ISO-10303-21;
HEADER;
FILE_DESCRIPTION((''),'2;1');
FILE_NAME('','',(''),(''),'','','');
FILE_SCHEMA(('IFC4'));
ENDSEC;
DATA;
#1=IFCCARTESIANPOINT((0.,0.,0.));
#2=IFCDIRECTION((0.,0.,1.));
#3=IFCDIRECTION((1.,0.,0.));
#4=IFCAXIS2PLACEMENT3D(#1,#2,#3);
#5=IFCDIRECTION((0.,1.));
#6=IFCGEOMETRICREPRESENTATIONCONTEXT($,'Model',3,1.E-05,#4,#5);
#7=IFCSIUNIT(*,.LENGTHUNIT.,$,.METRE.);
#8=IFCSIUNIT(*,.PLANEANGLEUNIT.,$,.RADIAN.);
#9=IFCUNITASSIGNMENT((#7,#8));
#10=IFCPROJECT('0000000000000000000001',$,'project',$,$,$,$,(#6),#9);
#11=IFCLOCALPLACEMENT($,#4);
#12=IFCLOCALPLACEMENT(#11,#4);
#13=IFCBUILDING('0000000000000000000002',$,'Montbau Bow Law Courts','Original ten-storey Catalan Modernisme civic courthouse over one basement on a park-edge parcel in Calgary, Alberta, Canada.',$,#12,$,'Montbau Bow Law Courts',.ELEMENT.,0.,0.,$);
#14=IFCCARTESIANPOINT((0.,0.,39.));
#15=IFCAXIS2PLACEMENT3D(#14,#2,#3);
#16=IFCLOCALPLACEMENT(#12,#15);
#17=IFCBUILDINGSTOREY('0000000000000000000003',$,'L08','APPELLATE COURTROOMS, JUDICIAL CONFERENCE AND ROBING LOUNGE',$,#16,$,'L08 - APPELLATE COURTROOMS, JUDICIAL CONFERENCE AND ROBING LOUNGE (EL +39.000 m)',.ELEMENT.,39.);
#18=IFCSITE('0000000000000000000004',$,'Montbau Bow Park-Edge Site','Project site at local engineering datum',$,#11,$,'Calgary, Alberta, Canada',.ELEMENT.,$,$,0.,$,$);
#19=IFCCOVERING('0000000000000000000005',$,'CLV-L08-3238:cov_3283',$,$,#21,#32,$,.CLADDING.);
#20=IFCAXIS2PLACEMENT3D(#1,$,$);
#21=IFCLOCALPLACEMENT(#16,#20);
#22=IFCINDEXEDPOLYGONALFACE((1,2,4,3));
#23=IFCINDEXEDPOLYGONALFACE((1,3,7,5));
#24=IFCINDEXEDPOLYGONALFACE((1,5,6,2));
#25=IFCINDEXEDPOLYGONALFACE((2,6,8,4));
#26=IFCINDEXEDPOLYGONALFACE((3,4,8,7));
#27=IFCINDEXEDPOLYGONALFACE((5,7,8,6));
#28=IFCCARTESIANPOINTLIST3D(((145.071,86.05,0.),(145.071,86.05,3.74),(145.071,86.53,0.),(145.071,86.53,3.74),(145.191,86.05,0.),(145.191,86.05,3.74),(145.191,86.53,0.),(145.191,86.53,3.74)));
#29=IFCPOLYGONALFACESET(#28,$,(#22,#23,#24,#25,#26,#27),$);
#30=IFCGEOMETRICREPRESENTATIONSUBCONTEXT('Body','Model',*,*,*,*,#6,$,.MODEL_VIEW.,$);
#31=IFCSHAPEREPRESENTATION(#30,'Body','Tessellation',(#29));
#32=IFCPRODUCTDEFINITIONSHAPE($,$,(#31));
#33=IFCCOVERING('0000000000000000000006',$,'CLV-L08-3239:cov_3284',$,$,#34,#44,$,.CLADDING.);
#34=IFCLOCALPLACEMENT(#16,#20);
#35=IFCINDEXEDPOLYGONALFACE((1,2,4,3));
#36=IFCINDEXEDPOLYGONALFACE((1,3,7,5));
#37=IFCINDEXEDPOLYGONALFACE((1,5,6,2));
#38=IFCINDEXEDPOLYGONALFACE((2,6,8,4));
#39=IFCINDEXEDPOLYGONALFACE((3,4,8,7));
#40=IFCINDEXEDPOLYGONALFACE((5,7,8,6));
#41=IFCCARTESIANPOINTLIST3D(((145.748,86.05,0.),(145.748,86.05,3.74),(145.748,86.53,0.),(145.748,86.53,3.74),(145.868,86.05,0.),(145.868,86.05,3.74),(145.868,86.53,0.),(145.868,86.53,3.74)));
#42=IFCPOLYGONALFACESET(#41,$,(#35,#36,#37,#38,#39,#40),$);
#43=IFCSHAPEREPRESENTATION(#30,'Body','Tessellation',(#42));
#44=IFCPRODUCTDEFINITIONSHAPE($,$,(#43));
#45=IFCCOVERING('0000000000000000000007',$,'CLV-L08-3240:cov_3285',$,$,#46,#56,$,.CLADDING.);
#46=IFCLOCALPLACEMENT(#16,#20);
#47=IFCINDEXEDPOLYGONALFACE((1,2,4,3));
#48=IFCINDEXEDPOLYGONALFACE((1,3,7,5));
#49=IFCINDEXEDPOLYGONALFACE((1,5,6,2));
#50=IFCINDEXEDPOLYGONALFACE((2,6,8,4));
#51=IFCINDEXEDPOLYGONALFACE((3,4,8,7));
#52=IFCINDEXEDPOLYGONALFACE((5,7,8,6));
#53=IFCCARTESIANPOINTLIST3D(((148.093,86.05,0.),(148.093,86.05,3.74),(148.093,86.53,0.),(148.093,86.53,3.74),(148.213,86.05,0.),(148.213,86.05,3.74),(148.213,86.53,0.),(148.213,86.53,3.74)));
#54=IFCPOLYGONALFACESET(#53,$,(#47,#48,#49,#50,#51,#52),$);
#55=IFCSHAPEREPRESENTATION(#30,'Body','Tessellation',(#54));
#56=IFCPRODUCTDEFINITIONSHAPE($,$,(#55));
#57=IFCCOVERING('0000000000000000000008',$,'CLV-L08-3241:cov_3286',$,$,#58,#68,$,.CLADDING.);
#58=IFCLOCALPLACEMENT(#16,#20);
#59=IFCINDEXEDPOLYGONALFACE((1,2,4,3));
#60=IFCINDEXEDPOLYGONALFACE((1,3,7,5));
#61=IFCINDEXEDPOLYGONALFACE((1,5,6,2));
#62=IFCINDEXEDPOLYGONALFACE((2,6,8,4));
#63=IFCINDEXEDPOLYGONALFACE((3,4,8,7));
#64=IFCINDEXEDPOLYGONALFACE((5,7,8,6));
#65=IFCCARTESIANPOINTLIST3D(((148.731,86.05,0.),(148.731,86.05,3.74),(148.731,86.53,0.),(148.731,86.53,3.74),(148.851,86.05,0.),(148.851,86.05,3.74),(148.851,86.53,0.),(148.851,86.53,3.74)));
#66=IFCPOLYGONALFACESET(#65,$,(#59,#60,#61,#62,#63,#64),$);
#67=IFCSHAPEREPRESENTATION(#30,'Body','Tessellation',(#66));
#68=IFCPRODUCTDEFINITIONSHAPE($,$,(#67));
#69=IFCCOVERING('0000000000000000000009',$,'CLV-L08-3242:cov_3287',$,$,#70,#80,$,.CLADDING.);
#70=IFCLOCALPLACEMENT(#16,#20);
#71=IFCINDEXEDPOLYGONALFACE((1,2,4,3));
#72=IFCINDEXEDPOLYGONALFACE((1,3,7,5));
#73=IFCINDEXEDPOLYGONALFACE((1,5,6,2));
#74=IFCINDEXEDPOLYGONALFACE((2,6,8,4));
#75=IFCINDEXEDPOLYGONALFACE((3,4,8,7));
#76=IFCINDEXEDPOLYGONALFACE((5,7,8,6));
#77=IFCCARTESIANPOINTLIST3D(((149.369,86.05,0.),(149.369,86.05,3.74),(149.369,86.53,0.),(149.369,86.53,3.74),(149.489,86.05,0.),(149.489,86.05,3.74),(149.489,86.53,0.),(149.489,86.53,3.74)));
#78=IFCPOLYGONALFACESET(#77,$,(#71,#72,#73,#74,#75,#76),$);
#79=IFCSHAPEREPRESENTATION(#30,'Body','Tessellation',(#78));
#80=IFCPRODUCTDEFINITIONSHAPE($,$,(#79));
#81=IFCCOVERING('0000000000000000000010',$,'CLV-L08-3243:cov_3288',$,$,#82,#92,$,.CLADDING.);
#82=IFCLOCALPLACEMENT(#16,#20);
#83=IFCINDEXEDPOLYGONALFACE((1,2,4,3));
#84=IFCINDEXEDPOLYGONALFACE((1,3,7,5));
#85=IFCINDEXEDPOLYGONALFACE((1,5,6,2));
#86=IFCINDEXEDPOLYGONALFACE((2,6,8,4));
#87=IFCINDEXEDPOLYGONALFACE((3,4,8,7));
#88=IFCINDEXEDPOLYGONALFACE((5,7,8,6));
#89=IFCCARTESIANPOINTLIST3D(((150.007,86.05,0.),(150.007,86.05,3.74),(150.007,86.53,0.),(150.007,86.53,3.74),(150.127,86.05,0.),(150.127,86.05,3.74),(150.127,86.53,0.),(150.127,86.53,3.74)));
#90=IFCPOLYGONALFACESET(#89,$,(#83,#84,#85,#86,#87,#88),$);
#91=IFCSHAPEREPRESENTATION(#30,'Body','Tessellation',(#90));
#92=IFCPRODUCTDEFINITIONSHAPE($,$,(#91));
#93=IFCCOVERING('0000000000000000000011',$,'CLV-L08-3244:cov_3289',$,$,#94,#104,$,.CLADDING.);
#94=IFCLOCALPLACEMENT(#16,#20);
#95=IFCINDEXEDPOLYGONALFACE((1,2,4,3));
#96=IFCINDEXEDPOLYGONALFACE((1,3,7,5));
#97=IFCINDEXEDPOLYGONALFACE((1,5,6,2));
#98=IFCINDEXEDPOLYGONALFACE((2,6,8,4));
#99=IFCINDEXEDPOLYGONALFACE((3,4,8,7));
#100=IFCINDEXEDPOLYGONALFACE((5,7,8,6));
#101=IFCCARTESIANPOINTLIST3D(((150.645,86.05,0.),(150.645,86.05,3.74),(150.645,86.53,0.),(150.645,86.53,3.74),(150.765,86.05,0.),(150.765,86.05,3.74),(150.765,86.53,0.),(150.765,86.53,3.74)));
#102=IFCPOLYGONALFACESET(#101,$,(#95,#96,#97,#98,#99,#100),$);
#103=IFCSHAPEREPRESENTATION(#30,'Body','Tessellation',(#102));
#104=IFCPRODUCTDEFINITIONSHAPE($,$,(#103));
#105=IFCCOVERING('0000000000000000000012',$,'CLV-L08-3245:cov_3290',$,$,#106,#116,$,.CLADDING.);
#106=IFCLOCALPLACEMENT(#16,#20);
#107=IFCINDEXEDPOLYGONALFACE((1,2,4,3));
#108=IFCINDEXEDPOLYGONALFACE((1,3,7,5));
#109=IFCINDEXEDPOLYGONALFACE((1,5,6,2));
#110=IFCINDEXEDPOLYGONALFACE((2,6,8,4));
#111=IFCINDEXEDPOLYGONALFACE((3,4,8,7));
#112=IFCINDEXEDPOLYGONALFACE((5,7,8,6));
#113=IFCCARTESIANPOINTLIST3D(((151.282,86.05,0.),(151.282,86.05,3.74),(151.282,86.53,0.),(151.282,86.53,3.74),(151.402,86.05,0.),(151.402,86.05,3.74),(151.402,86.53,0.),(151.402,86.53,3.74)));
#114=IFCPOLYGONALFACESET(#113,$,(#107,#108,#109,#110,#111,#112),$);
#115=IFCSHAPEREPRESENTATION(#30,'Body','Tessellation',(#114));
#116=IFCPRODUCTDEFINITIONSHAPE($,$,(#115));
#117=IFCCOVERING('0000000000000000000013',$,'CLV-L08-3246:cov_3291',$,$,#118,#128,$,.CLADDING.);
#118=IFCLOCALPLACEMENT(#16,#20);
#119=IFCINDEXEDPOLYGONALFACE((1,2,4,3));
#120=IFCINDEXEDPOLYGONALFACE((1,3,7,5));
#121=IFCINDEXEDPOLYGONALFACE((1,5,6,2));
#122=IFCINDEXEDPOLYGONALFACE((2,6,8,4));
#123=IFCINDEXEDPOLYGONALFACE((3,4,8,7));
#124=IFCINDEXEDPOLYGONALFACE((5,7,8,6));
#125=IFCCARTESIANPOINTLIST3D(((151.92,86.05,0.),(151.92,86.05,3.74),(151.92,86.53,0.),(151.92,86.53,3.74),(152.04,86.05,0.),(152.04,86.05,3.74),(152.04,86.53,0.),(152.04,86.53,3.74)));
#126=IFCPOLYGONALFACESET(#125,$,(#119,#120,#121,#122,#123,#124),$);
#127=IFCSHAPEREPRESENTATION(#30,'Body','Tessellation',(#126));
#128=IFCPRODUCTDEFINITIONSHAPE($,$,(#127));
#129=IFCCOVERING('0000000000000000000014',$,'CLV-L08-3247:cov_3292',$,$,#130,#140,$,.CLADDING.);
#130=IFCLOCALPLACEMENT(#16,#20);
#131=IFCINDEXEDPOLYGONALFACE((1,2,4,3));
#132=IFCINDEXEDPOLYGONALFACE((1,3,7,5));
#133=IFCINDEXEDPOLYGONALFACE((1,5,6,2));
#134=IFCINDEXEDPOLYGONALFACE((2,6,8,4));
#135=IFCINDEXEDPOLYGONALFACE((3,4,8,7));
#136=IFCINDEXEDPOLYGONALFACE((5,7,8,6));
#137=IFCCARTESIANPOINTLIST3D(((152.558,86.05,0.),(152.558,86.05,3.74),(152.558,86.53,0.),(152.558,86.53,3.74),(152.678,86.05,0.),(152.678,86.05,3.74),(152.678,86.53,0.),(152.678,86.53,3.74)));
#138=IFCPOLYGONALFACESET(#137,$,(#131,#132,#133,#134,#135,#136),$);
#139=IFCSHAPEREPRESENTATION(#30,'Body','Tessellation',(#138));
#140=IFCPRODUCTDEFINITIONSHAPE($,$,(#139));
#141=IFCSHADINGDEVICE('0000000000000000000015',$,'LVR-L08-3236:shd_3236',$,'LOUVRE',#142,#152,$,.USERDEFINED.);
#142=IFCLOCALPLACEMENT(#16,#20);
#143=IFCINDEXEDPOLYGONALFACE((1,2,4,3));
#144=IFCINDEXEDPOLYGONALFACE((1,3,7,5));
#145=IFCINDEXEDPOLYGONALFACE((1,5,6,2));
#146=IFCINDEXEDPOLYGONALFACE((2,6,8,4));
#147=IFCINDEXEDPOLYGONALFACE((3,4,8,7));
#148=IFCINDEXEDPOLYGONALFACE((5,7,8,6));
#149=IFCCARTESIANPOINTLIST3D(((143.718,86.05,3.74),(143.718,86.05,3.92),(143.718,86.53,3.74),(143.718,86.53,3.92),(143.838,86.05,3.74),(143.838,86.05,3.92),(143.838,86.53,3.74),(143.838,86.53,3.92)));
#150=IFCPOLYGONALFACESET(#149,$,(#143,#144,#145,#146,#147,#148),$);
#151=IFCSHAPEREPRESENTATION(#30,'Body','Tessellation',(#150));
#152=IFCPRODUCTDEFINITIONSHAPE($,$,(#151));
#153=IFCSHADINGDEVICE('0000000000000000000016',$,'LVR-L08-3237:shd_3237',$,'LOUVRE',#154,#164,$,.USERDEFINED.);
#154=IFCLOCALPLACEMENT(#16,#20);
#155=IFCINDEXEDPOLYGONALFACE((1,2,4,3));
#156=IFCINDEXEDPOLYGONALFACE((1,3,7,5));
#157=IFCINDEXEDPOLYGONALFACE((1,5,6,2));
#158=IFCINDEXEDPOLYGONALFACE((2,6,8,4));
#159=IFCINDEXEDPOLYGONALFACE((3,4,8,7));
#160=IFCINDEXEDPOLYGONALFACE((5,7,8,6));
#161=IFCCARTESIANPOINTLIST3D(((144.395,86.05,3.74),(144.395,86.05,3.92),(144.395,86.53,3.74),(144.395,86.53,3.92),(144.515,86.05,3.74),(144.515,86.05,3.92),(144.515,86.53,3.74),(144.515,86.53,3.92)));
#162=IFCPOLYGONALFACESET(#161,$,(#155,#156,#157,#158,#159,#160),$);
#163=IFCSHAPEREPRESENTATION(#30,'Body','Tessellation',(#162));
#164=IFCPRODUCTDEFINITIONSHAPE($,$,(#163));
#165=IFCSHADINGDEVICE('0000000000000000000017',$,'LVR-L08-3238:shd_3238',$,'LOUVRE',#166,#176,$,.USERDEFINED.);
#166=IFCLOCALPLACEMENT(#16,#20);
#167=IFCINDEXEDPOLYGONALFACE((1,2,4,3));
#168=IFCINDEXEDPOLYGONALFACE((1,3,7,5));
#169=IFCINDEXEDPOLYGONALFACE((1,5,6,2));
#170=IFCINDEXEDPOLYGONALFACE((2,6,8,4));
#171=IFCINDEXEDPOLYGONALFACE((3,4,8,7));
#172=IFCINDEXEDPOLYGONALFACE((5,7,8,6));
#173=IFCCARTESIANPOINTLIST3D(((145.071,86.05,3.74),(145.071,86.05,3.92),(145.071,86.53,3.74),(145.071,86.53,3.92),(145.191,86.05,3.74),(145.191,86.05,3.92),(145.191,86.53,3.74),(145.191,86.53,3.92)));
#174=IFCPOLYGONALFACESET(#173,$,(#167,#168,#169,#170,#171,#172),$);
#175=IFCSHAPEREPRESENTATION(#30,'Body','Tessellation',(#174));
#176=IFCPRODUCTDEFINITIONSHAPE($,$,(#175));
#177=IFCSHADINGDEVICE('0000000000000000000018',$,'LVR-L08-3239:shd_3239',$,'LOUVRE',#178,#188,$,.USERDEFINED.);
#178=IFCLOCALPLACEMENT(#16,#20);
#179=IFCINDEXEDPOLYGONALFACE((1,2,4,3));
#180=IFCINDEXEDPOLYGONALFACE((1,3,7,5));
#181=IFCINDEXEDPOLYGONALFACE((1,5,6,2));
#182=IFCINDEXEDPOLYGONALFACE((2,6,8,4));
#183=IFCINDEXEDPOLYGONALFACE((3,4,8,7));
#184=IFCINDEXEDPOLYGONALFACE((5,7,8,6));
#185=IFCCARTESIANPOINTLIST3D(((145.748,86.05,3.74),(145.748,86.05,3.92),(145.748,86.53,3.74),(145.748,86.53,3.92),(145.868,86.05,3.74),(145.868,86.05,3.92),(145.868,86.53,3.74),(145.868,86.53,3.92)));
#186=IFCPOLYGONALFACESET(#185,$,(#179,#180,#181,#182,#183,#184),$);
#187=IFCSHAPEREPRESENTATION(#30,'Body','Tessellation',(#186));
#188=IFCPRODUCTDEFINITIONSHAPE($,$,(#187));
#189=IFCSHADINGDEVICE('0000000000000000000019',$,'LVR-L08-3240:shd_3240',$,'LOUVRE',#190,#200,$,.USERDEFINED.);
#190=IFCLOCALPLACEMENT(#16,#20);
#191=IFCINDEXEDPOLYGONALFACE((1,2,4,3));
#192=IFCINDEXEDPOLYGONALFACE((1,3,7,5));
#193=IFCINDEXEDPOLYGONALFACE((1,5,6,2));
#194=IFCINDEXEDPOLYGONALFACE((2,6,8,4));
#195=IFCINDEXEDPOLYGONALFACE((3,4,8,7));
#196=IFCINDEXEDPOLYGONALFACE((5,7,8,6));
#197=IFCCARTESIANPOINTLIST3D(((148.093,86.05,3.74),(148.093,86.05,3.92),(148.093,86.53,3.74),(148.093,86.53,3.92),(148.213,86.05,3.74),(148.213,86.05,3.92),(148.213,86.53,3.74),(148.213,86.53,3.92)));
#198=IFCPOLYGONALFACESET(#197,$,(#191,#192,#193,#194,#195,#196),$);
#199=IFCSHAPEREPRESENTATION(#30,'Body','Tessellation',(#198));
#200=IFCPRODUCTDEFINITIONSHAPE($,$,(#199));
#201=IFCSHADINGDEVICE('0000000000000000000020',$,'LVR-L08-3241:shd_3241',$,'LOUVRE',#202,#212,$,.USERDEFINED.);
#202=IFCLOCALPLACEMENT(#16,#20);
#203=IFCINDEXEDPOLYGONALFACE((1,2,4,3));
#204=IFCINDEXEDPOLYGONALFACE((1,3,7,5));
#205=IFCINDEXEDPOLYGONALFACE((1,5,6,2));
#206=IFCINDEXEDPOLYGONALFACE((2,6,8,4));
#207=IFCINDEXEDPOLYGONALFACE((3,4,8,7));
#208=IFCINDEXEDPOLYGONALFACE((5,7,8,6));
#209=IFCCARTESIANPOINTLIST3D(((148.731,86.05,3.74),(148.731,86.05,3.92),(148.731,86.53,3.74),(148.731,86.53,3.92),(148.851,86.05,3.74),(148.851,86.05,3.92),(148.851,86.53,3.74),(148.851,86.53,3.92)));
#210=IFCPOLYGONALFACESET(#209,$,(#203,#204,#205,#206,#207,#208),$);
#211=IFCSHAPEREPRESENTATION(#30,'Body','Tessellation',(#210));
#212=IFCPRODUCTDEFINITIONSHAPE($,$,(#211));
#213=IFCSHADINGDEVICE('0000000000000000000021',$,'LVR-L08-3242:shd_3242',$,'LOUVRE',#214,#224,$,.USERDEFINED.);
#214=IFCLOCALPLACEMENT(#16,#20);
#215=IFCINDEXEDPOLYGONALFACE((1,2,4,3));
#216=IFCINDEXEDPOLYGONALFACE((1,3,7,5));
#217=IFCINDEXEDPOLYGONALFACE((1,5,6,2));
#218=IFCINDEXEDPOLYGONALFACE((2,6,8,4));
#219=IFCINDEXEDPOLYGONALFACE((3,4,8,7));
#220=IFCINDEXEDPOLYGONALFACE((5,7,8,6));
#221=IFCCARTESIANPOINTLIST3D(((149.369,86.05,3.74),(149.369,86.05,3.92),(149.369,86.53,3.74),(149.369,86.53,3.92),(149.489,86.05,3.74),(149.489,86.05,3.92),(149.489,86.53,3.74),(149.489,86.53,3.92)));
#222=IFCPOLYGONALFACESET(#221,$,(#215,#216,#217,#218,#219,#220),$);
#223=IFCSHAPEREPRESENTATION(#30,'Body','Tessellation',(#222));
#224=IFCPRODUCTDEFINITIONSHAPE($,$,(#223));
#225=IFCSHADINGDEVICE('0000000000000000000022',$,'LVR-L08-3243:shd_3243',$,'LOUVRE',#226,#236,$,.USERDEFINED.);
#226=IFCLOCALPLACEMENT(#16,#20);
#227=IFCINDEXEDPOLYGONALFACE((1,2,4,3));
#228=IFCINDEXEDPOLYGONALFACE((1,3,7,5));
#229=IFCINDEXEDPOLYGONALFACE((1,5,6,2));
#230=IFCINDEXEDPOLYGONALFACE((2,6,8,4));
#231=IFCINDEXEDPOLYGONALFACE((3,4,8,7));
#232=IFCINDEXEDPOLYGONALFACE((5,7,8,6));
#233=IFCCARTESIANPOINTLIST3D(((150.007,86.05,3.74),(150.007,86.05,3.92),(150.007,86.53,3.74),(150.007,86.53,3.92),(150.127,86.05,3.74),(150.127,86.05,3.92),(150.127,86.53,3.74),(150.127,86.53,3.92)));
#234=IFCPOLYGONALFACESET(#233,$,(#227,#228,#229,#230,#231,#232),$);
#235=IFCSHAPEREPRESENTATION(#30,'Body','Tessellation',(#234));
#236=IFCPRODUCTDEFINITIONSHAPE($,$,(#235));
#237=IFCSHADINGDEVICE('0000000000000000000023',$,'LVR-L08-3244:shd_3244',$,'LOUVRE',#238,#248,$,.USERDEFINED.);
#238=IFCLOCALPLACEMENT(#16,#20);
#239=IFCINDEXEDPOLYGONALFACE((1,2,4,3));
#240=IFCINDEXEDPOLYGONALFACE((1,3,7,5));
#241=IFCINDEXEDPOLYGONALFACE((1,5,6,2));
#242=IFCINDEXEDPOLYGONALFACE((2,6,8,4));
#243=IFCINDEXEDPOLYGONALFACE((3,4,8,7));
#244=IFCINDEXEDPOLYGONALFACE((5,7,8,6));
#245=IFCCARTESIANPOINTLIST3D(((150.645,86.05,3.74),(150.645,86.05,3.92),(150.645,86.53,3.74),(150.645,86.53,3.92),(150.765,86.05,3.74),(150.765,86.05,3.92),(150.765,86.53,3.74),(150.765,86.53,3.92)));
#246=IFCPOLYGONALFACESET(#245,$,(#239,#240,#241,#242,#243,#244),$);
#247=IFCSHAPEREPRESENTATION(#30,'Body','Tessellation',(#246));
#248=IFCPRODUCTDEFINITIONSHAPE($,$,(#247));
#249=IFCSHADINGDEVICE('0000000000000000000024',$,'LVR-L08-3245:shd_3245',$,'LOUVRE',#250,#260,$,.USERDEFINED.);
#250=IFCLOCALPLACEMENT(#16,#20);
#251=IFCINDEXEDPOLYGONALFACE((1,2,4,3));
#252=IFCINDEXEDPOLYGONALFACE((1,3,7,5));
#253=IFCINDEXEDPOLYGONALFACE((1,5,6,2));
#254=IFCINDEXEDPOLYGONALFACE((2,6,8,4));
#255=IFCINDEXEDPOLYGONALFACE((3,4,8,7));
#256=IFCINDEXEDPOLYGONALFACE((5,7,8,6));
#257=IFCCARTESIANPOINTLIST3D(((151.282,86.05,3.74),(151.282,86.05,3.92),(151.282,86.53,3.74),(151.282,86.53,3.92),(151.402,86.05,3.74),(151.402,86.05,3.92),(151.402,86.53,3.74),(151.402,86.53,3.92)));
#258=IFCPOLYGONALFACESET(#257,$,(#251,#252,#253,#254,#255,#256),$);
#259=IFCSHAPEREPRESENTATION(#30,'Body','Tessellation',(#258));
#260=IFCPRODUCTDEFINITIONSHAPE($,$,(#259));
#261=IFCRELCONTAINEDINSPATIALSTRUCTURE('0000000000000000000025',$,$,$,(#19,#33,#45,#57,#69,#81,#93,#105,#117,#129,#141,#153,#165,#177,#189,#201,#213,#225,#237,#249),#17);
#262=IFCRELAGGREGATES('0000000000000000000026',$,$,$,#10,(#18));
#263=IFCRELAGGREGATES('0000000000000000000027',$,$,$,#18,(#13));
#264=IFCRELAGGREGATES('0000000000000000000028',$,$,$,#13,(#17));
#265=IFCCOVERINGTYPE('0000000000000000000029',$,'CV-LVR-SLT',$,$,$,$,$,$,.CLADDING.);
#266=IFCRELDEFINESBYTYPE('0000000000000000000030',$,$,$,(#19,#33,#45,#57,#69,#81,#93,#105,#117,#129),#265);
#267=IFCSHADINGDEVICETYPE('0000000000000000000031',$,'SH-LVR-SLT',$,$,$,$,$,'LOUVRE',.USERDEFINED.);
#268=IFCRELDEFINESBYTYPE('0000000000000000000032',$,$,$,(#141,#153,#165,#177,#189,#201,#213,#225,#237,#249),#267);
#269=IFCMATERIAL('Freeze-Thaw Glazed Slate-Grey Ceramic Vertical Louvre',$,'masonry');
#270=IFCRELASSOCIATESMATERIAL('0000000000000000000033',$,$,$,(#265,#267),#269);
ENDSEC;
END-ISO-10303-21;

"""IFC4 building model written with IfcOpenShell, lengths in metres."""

from ifc_helpers import new_model, si_unit, direction, frame, frame_2d, origin_with_axes, origin_2d_with_axis, place, context, subcontext, project, spatial, rectangle, extrude, material, type_object, element, save


model = new_model("IFC4")

# Units and contexts
model_context = context("Model", 3, precision=1e-05, world=origin_with_axes(), true_north=direction((0.0, 1.0)))
body_context = subcontext(model_context, "Body", "Model", "MODEL_VIEW")
ifc_project = project(units=[si_unit("LENGTHUNIT", "METRE"), si_unit("PLANEANGLEUNIT", "RADIAN")], contexts=[model_context])

# Site, building, storey
site_placement = place(None, origin_with_axes())
site = spatial("IfcSite", under=ifc_project, at=site_placement, Name="Montbau Bow Park-Edge Site", Description="Project site at local engineering datum", LongName="Calgary, Alberta, Canada", CompositionType="ELEMENT", RefElevation=0.0)
building_placement = place(site_placement, origin_with_axes())
building = spatial("IfcBuilding", under=site, at=building_placement, Name="Montbau Bow Law Courts", Description="Original ten-storey Catalan Modernisme civic courthouse over one basement on a park-edge parcel in Calgary, Alberta, Canada.", LongName="Montbau Bow Law Courts", CompositionType="ELEMENT", ElevationOfRefHeight=0.0, ElevationOfTerrain=0.0)
storey_placement = place(building_placement, frame((0.0, 0.0, 39.0), z_axis=(0.0, 0.0, 1.0), x_axis=(1.0, 0.0, 0.0)))
storey = spatial("IfcBuildingStorey", under=building, at=storey_placement, Name="L08", Description="APPELLATE COURTROOMS, JUDICIAL CONFERENCE AND ROBING LOUNGE", LongName="L08 - APPELLATE COURTROOMS, JUDICIAL CONFERENCE AND ROBING LOUNGE (EL +39.000 m)", CompositionType="ELEMENT", Elevation=39.0)

# Coverings
ifc_material_1 = material(Name="Freeze-Thaw Glazed Slate-Grey Ceramic Vertical Louvre", Category="masonry")
covering_type = type_object("IfcCoveringType", Name="CV-LVR-SLT", PredefinedType="CLADDING", material=ifc_material_1)
for number, where, z_axis, x_axis, name in (
    (1, (145.131, 86.53, 39.0), (-1.0, 0.0, 0.0), (0.0, -1.0, 0.0), "CLV-L08-3238:cov_3283"),
    (2, (145.808, 86.53, 39.0), (-1.0, 0.0, 0.0), (0.0, -1.0, 0.0), "CLV-L08-3239:cov_3284"),
    (3, (148.153, 86.53, 39.0), (-1.0, 0.0, 0.0), (0.0, -1.0, 0.0), "CLV-L08-3240:cov_3285"),
    (4, (148.791, 86.53, 39.0), (-1.0, 0.0, 0.0), (0.0, -1.0, 0.0), "CLV-L08-3241:cov_3286"),
    (5, (149.429, 86.53, 39.0), (-1.0, 0.0, 0.0), (0.0, -1.0, 0.0), "CLV-L08-3242:cov_3287"),
    (6, (150.067, 86.53, 39.0), (-1.0, 0.0, 0.0), (0.0, -1.0, 0.0), "CLV-L08-3243:cov_3288"),
    (7, (150.705, 86.53, 39.0), (-1.0, 0.0, 0.0), (0.0, -1.0, 0.0), "CLV-L08-3244:cov_3289"),
    (8, (151.342, 86.53, 39.0), (-1.0, 0.0, 0.0), (0.0, -1.0, 0.0), "CLV-L08-3245:cov_3290"),
    (9, (151.98, 86.53, 39.0), (-1.0, 0.0, 0.0), (0.0, -1.0, 0.0), "CLV-L08-3246:cov_3291"),
    (10, (152.618, 86.53, 39.0), (-1.0, 0.0, 0.0), (0.0, -1.0, 0.0), "CLV-L08-3247:cov_3292"),
):
    element("IfcCovering", number, at=place(None, frame(where, z_axis=z_axis, x_axis=x_axis)), inside=storey, type_object=covering_type, Name=name, PredefinedType="CLADDING", context=body_context, shape_type="SweptSolid", body=[
        extrude(rectangle(XDim=0.48, YDim=3.74, at=frame_2d((0.24, 1.87), x_axis=(1.0, 0.0))), frame((0.0, 0.0, -0.06), z_axis=(0.0, 0.0, 1.0), x_axis=(1.0, 0.0, 0.0)), (0.0, 0.0, 1.0), 0.12),
    ])

# Shading devices
shading_device_type = type_object("IfcShadingDeviceType", Name="SH-LVR-SLT", ElementType="LOUVRE", PredefinedType="USERDEFINED", material=ifc_material_1)
for number, where, z_axis, x_axis, name in (
    (11, (143.778, 86.29, 42.74), (0.0, 0.0, 1.0), (0.0, -1.0, 0.0), "LVR-L08-3236:shd_3236"),
    (12, (144.455, 86.29, 42.74), (0.0, 0.0, 1.0), (0.0, -1.0, 0.0), "LVR-L08-3237:shd_3237"),
    (13, (145.131, 86.29, 42.74), (0.0, 0.0, 1.0), (0.0, -1.0, 0.0), "LVR-L08-3238:shd_3238"),
    (14, (145.808, 86.29, 42.74), (0.0, 0.0, 1.0), (0.0, -1.0, 0.0), "LVR-L08-3239:shd_3239"),
    (15, (148.153, 86.29, 42.74), (0.0, 0.0, 1.0), (0.0, -1.0, 0.0), "LVR-L08-3240:shd_3240"),
    (16, (148.791, 86.29, 42.74), (0.0, 0.0, 1.0), (0.0, -1.0, 0.0), "LVR-L08-3241:shd_3241"),
    (17, (149.429, 86.29, 42.74), (0.0, 0.0, 1.0), (0.0, -1.0, 0.0), "LVR-L08-3242:shd_3242"),
    (18, (150.067, 86.29, 42.74), (0.0, 0.0, 1.0), (0.0, -1.0, 0.0), "LVR-L08-3243:shd_3243"),
    (19, (150.705, 86.29, 42.74), (0.0, 0.0, 1.0), (0.0, -1.0, 0.0), "LVR-L08-3244:shd_3244"),
    (20, (151.342, 86.29, 42.74), (0.0, 0.0, 1.0), (0.0, -1.0, 0.0), "LVR-L08-3245:shd_3245"),
):
    element("IfcShadingDevice", number, at=place(None, frame(where, z_axis=z_axis, x_axis=x_axis)), inside=storey, type_object=shading_device_type, Name=name, ObjectType="LOUVRE", PredefinedType="USERDEFINED", context=body_context, shape_type="SweptSolid", body=[
        extrude(rectangle(XDim=0.48, YDim=0.12, at=origin_2d_with_axis()), origin_with_axes(), (0.0, 0.0, 1.0), 0.18),
    ])

save(model, "model.ifc")
